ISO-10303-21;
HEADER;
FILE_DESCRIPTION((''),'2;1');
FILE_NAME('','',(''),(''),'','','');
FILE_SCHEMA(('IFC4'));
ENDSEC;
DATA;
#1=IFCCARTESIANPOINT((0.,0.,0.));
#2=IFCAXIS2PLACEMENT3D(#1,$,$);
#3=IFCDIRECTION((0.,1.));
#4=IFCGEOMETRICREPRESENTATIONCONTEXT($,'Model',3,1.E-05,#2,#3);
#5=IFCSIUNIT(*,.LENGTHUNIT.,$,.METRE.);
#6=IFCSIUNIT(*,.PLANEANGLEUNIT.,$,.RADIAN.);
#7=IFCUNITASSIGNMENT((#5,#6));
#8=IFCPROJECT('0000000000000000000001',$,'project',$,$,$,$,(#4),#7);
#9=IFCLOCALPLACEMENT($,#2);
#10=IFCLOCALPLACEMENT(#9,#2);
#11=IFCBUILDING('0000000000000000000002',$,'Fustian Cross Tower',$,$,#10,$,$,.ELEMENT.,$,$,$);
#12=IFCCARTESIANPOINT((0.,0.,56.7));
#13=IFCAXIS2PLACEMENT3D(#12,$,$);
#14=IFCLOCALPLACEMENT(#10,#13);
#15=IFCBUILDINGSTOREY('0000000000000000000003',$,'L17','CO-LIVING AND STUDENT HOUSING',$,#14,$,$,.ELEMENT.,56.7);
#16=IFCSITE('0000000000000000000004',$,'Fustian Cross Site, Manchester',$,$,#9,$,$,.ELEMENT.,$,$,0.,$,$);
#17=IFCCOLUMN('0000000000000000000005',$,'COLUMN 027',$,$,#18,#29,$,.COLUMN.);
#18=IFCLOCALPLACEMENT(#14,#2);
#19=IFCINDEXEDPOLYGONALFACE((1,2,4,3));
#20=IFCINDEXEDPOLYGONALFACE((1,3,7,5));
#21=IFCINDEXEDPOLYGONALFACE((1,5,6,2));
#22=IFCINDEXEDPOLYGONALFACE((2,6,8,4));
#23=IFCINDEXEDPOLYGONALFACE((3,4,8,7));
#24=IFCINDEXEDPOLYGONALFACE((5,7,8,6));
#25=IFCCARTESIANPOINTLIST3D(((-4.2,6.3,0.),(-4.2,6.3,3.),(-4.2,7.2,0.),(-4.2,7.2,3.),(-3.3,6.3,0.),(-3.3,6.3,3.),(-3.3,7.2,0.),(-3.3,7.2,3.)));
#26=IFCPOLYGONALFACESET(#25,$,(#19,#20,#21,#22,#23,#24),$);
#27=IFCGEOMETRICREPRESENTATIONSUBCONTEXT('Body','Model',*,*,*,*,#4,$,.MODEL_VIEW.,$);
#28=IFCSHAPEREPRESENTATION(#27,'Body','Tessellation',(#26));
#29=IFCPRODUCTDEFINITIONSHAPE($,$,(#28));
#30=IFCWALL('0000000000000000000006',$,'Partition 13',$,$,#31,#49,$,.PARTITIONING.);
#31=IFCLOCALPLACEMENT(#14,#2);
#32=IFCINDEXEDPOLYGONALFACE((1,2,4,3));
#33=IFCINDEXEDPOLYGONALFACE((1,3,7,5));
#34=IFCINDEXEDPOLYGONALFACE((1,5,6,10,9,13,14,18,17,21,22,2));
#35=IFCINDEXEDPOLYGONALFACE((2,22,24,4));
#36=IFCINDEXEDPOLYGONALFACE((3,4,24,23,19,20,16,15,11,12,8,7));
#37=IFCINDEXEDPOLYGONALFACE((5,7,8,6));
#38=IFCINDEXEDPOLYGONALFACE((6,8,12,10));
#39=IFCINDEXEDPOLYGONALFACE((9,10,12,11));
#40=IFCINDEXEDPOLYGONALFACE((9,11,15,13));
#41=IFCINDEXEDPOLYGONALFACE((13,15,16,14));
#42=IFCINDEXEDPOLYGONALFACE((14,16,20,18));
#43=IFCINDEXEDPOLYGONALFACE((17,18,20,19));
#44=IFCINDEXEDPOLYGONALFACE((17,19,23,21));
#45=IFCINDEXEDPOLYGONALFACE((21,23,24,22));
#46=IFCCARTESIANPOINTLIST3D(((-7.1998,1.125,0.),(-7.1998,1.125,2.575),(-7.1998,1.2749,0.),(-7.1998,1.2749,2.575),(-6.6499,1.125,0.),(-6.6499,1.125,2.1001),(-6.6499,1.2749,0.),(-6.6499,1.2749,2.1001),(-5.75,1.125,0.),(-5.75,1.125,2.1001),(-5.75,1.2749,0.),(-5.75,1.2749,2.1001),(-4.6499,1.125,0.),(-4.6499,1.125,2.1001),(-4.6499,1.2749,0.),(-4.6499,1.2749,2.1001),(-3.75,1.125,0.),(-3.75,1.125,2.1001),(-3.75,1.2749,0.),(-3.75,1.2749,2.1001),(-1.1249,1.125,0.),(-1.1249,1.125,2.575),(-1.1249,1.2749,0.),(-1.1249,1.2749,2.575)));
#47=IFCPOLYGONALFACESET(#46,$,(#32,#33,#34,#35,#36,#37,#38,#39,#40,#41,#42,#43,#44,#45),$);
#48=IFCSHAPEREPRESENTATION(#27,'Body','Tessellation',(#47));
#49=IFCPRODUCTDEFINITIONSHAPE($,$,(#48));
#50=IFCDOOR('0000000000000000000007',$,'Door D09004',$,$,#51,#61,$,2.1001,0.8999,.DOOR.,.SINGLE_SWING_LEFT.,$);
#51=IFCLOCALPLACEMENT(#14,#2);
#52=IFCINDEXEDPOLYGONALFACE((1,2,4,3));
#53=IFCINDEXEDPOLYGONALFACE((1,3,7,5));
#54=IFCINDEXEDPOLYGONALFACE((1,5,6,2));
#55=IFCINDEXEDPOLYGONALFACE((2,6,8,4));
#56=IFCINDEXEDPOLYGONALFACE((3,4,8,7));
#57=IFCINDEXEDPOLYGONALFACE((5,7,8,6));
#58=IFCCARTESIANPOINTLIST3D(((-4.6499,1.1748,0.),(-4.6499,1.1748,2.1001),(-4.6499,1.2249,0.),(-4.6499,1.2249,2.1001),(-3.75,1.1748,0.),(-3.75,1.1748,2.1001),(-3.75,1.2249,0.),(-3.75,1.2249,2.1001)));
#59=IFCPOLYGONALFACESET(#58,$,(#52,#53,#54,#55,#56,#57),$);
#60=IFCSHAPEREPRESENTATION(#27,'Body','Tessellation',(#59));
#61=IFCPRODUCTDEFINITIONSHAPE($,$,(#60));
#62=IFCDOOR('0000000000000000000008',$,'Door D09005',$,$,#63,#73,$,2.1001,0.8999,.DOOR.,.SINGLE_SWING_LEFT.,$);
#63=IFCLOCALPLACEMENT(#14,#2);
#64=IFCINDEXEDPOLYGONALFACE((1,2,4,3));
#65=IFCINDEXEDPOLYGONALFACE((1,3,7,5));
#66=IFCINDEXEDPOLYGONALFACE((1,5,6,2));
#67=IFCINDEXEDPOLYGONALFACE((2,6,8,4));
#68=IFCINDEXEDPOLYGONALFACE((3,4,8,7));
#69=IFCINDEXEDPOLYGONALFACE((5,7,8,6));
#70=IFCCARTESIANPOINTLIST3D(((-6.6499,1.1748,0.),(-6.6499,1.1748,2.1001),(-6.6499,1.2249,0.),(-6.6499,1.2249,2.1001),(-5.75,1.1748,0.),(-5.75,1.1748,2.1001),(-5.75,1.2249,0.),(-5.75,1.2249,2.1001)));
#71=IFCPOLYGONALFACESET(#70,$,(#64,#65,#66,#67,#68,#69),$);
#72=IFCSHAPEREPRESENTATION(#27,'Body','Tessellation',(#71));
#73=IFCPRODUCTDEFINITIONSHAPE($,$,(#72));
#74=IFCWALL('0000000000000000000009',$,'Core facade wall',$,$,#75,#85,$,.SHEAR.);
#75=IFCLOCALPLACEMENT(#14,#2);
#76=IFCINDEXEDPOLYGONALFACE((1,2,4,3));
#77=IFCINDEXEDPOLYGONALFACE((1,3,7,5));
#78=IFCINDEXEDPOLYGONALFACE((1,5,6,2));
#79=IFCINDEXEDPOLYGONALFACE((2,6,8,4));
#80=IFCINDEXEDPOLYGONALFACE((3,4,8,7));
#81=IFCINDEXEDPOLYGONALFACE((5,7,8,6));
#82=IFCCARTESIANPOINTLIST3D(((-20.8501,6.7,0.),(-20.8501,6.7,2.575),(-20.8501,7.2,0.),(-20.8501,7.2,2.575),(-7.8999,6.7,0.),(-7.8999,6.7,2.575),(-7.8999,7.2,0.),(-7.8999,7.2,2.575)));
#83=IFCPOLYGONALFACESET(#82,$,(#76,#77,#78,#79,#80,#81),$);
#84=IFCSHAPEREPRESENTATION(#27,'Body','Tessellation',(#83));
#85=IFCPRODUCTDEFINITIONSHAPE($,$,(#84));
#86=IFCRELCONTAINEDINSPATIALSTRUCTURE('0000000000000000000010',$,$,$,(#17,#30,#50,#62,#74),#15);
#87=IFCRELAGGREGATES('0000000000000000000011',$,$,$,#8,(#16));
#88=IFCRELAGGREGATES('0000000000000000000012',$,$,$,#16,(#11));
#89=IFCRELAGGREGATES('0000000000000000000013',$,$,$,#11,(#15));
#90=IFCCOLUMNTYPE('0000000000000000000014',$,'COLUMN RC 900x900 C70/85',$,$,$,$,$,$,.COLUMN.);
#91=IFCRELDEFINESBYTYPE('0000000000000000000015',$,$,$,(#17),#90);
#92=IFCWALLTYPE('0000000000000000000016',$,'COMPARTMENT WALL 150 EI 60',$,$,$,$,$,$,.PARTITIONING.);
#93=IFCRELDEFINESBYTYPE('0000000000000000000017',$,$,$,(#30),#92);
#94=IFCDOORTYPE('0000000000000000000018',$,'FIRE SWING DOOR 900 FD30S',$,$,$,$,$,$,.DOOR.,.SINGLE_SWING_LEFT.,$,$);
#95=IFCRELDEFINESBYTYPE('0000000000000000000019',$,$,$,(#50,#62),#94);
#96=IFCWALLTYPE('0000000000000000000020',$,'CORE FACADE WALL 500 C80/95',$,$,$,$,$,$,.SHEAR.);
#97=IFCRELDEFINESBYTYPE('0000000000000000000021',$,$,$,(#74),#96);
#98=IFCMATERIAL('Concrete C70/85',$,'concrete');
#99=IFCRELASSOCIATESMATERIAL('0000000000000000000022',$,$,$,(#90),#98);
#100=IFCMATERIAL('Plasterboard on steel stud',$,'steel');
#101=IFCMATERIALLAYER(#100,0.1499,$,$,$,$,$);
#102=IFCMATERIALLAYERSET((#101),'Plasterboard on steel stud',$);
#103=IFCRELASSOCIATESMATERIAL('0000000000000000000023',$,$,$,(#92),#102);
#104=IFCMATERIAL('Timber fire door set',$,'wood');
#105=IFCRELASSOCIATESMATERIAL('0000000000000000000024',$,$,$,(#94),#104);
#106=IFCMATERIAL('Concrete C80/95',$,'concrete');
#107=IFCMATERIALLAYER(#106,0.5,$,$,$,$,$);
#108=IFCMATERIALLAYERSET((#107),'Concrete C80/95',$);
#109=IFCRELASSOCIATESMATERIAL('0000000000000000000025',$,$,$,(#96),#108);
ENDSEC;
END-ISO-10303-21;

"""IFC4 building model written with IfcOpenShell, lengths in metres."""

from ifc_helpers import new_model, si_unit, direction, frame, frame_2d, origin, origin_2d, place, context, subcontext, project, spatial, rectangle, extrude, material, layer, layer_set, material_profile, profile_set, type_object, element, fill, save


model = new_model("IFC4")

# Units and contexts
model_context = context("Model", 3, precision=1e-05, world=origin(), true_north=direction((0.0, 1.0)))
body_context = subcontext(model_context, "Body", "Model", "MODEL_VIEW")
ifc_project = project(units=[si_unit("LENGTHUNIT", "METRE"), si_unit("PLANEANGLEUNIT", "RADIAN")], contexts=[model_context])

# Site, building, storey
site_placement = place(None, origin())
site = spatial("IfcSite", under=ifc_project, at=site_placement, Name="Fustian Cross Site, Manchester", CompositionType="ELEMENT", RefElevation=0.0)
building_placement = place(site_placement, origin())
building = spatial("IfcBuilding", under=site, at=building_placement, Name="Fustian Cross Tower", CompositionType="ELEMENT")
storey_placement = place(building_placement, frame((0.0, 0.0, 56.7)))
storey = spatial("IfcBuildingStorey", under=building, at=storey_placement, Name="L17", Description="CO-LIVING AND STUDENT HOUSING", CompositionType="ELEMENT", Elevation=56.7)

# Column
ifc_material_1 = material(Name="Concrete C70/85", Category="concrete")
ifc_material_profile = material_profile(ifc_material_1, rectangle(XDim=0.8999, YDim=0.8999, at=origin_2d()), Name="RC 900x900")
ifc_profile_set = profile_set([ifc_material_profile], Name="Concrete C70/85")
column_type = type_object("IfcColumnType", Name="COLUMN RC 900x900 C70/85", PredefinedType="COLUMN", material=ifc_profile_set)
column_placement = place(storey_placement, frame((-3.75, 6.75, 0.0), z_axis=(0.0, 0.0, 1.0), x_axis=(1.0, 0.0, 0.0)))
element("IfcColumn", 1, at=column_placement, inside=storey, type_object=column_type, Name="COLUMN 027", PredefinedType="COLUMN", context=body_context, shape_type="SweptSolid", body=[
    extrude(rectangle(XDim=0.8999, YDim=0.8999, at=origin_2d()), origin(), (0.0, 0.0, 1.0), 3.0),
])

# Wall, openings, doors
ifc_material_2 = material(Name="Plasterboard on steel stud", Category="steel")
ifc_layer_1 = layer(ifc_material_2, 0.1499)
ifc_layer_set_1 = layer_set([ifc_layer_1], Name="Plasterboard on steel stud")
wall_type_1 = type_object("IfcWallType", Name="COMPARTMENT WALL 150 EI 60", PredefinedType="PARTITIONING", material=ifc_layer_set_1)
wall_1_placement = place(storey_placement, frame((-7.2, 1.2, 0.0), z_axis=(0.0, 0.0, 1.0), x_axis=(1.0, 0.0, 0.0)))
wall_1 = element("IfcWall", 2, at=wall_1_placement, inside=storey, type_object=wall_type_1, Name="Partition 13", PredefinedType="PARTITIONING", context=body_context, shape_type="SweptSolid", body=[
    extrude(rectangle(XDim=6.075, YDim=0.1499, at=frame_2d((3.0376, 0.0))), origin(), (0.0, 0.0, 1.0), 2.575),
])
opening_1_placement = place(wall_1_placement, frame((2.55, 0.0, 0.0)))
opening_1 = element("IfcOpeningElement", 3, at=opening_1_placement, cuts=wall_1, PredefinedType="OPENING", context=body_context, shape_type="SweptSolid", body=[
    extrude(rectangle(XDim=0.8999, YDim=2.1001, at=frame_2d((0.45, 1.05))), frame((0.0, 0.085, 0.0), z_axis=(0.0, -1.0, 0.0), x_axis=(1.0, 0.0, 0.0)), (0.0, 0.0, 1.0), 0.1699),
])
opening_2_placement = place(wall_1_placement, frame((0.55, 0.0, 0.0)))
opening_2 = element("IfcOpeningElement", 4, at=opening_2_placement, cuts=wall_1, PredefinedType="OPENING", context=body_context, shape_type="SweptSolid", body=[
    extrude(rectangle(XDim=0.8999, YDim=2.1001, at=frame_2d((0.45, 1.05))), frame((0.0, 0.085, 0.0), z_axis=(0.0, -1.0, 0.0), x_axis=(1.0, 0.0, 0.0)), (0.0, 0.0, 1.0), 0.1699),
])
ifc_material_3 = material(Name="Timber fire door set", Category="wood")
door_type_1 = type_object("IfcDoorType", Name="FIRE SWING DOOR 900 FD30S", OperationType="SINGLE_SWING_LEFT", PredefinedType="DOOR", material=ifc_material_3)
door_1_placement = place(opening_1_placement, origin())
door_1 = element("IfcDoor", 5, at=door_1_placement, inside=storey, type_object=door_type_1, Name="Door D09004", OperationType="SINGLE_SWING_LEFT", OverallHeight=2.1001, OverallWidth=0.8999, PredefinedType="DOOR", context=body_context, shape_type="SweptSolid", body=[
    extrude(rectangle(XDim=0.8999, YDim=2.1001, at=frame_2d((0.45, 1.05))), frame((0.0, 0.0249, 0.0), z_axis=(0.0, -1.0, 0.0), x_axis=(1.0, 0.0, 0.0)), (0.0, 0.0, 1.0), 0.05),
])
fill(opening_1, door_1)
door_2_placement = place(opening_2_placement, origin())
door_2 = element("IfcDoor", 6, at=door_2_placement, inside=storey, type_object=door_type_1, Name="Door D09005", OperationType="SINGLE_SWING_LEFT", OverallHeight=2.1001, OverallWidth=0.8999, PredefinedType="DOOR", context=body_context, shape_type="SweptSolid", body=[
    extrude(rectangle(XDim=0.8999, YDim=2.1001, at=frame_2d((0.45, 1.05))), frame((0.0, 0.0249, 0.0), z_axis=(0.0, -1.0, 0.0), x_axis=(1.0, 0.0, 0.0)), (0.0, 0.0, 1.0), 0.05),
])
fill(opening_2, door_2)

# Wall
ifc_material_4 = material(Name="Concrete C80/95", Category="concrete")
ifc_layer_2 = layer(ifc_material_4, 0.5)
ifc_layer_set_2 = layer_set([ifc_layer_2], Name="Concrete C80/95")
wall_type_2 = type_object("IfcWallType", Name="CORE FACADE WALL 500 C80/95", PredefinedType="SHEAR", material=ifc_layer_set_2)
wall_2_placement = place(storey_placement, frame((-7.8999, 6.95, 0.0), z_axis=(0.0, 0.0, 1.0), x_axis=(-1.0, 0.0, 0.0)))
element("IfcWall", 7, at=wall_2_placement, inside=storey, type_object=wall_type_2, Name="Core facade wall", PredefinedType="SHEAR", context=body_context, shape_type="SweptSolid", body=[
    extrude(rectangle(XDim=12.9502, YDim=0.5, at=frame_2d((6.4751, 0.0))), origin(), (0.0, 0.0, 1.0), 2.575),
])

save(model, "model.ifc")
